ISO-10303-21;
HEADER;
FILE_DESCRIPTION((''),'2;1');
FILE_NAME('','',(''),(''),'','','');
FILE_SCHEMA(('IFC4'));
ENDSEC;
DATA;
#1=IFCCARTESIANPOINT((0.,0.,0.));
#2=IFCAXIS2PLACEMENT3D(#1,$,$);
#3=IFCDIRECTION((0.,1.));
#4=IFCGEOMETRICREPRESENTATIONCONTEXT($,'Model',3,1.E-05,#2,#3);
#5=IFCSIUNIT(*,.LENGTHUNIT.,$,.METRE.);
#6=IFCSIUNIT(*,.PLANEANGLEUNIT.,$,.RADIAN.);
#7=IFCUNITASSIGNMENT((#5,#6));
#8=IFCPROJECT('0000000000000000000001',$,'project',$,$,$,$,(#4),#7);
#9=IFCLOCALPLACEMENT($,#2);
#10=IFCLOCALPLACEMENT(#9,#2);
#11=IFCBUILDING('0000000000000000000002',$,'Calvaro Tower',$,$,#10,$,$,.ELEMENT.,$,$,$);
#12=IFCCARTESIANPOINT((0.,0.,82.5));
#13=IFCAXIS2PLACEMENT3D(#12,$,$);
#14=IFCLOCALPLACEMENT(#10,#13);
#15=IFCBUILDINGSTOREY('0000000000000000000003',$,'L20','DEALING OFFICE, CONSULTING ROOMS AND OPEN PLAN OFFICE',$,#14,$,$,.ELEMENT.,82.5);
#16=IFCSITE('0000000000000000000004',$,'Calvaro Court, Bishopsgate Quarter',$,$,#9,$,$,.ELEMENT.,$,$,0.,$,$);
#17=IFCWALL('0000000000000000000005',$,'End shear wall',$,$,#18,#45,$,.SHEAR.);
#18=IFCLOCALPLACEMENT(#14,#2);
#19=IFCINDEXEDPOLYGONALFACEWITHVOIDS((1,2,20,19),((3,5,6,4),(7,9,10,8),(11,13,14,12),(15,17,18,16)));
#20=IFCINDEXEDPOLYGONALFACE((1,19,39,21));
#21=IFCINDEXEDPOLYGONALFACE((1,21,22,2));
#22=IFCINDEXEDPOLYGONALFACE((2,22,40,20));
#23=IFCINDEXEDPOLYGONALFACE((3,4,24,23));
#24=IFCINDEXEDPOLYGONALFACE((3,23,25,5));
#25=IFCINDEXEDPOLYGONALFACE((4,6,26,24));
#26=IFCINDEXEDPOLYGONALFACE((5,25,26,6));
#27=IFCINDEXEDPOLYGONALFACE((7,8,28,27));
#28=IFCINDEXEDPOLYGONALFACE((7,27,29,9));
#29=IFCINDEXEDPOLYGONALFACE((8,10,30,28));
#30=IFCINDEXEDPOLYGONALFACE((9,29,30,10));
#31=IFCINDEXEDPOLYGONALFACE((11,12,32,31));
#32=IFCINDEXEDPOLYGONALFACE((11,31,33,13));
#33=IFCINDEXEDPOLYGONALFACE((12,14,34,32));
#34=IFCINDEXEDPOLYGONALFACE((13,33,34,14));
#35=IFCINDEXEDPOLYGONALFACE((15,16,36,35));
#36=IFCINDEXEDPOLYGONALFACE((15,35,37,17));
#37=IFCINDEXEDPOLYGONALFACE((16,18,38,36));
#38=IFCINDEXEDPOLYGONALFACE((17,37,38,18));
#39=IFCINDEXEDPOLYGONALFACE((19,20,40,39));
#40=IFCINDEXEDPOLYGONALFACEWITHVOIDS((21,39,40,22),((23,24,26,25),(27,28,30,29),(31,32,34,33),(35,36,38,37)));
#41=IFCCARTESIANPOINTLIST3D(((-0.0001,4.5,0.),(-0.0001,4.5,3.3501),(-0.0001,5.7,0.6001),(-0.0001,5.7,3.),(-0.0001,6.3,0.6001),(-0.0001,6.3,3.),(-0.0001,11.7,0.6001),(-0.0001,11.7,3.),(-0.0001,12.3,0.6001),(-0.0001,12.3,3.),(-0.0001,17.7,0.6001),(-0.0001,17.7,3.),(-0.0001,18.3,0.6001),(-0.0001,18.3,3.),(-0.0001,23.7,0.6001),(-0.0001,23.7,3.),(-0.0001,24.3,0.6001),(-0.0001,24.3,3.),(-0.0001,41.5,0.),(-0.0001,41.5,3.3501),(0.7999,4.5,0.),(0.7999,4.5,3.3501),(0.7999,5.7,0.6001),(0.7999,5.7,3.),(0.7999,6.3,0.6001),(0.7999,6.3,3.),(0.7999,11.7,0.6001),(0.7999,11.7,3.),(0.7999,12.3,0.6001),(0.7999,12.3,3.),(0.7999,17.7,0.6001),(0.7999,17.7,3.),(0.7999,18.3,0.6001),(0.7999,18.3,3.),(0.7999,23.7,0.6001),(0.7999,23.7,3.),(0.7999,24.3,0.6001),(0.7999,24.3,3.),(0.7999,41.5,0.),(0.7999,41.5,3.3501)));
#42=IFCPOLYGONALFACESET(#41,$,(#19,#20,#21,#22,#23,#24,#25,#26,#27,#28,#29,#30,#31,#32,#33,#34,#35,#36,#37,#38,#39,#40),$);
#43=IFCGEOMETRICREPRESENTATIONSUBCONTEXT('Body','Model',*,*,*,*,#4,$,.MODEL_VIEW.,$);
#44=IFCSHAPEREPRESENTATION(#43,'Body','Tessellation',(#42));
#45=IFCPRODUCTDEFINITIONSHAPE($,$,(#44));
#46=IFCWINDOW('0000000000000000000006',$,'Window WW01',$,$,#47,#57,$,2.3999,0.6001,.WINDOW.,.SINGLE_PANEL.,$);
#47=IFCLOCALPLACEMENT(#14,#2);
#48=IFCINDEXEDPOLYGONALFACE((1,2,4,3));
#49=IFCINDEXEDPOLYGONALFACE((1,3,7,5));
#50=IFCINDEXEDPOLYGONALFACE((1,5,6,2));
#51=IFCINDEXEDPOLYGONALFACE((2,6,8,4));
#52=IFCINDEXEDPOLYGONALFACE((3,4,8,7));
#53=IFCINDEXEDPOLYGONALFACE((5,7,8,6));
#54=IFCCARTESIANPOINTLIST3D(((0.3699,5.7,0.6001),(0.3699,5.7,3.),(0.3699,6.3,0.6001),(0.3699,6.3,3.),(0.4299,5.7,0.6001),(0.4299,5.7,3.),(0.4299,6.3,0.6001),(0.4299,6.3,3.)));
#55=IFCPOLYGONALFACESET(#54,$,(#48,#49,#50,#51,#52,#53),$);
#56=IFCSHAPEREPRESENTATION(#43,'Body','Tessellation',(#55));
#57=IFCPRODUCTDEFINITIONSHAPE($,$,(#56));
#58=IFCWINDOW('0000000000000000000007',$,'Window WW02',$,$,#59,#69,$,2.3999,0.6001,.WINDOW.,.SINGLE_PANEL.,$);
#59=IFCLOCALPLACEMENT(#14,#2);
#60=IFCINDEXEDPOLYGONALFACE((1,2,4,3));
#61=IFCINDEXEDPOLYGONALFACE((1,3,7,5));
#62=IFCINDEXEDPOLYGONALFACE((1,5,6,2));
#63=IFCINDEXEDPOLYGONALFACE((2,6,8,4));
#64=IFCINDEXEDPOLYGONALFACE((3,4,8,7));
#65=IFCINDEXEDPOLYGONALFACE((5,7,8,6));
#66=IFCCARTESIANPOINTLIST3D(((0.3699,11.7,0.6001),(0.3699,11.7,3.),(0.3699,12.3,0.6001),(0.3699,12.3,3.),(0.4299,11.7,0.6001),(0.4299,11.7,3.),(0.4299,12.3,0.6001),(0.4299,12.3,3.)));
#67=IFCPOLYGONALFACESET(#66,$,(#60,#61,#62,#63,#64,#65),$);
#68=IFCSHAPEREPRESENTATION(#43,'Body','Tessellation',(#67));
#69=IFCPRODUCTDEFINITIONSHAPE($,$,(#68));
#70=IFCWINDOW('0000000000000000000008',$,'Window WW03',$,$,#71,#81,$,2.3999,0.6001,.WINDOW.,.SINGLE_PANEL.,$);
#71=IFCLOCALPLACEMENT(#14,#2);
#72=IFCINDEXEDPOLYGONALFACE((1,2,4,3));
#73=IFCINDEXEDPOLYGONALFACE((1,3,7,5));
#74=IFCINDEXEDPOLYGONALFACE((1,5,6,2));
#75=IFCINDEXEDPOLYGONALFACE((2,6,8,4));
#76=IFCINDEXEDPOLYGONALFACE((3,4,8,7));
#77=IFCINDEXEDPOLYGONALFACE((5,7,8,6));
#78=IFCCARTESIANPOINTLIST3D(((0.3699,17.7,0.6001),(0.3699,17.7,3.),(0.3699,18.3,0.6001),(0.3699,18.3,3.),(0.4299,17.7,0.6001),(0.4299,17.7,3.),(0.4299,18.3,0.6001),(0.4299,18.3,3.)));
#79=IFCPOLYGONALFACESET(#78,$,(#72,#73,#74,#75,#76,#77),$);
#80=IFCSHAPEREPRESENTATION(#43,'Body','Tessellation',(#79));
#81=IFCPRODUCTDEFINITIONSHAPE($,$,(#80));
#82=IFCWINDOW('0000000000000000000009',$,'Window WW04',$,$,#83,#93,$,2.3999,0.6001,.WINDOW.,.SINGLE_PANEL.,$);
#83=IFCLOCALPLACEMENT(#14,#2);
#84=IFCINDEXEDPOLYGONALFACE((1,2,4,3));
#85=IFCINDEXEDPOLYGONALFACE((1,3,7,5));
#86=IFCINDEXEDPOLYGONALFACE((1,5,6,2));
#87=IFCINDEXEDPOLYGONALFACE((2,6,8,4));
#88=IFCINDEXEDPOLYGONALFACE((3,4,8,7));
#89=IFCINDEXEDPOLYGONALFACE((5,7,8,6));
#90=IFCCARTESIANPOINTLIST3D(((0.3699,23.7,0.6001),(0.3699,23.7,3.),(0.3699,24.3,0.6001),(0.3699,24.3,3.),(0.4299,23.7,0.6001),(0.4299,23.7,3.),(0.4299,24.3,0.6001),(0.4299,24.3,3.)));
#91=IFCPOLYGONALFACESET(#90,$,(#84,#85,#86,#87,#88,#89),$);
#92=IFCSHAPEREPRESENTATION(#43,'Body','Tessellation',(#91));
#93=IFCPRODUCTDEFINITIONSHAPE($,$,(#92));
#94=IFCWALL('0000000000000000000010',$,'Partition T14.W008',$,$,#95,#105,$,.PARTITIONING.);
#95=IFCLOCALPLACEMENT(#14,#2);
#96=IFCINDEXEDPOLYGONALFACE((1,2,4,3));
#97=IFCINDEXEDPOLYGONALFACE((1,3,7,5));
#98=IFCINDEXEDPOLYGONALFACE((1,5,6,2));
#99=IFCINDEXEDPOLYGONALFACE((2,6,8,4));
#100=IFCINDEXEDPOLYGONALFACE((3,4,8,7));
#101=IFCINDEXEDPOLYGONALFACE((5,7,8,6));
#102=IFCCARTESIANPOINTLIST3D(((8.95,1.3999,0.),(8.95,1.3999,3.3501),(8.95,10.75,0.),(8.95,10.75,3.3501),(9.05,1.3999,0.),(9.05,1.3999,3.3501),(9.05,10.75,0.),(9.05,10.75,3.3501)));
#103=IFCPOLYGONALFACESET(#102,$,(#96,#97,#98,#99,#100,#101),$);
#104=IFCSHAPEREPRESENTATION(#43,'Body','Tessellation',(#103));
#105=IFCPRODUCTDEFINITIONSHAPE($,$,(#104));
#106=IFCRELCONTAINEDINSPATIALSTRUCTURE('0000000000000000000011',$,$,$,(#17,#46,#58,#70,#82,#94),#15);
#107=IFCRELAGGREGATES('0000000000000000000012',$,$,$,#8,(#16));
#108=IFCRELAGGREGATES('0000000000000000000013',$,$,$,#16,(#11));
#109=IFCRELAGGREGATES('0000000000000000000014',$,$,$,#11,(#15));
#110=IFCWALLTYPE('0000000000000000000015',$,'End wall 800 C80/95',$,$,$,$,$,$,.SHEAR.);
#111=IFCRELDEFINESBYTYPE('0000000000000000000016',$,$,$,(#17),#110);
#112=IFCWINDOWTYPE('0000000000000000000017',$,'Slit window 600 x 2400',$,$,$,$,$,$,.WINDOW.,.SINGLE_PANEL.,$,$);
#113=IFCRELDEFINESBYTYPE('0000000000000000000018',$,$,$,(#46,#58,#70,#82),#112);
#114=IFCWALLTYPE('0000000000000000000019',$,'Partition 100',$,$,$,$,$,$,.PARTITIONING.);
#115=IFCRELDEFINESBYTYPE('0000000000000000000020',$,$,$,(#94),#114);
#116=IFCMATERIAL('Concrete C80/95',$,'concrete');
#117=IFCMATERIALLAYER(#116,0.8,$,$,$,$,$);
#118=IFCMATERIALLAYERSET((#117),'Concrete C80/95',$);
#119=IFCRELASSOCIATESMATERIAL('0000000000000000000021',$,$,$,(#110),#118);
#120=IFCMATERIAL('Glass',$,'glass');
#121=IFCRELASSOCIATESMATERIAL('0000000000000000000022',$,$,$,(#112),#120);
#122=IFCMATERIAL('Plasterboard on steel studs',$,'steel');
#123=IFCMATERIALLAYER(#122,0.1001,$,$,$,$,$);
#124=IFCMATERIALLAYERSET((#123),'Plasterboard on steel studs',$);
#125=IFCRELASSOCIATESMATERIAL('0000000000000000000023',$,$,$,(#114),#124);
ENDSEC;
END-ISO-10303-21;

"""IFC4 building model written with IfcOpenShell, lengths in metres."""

from ifc_helpers import new_model, si_unit, direction, frame, frame_2d, origin, place, context, subcontext, project, spatial, rectangle, extrude, material, layer, layer_set, type_object, element, fill, save


model = new_model("IFC4")

# Units and contexts
model_context = context("Model", 3, precision=1e-05, world=origin(), true_north=direction((0.0, 1.0)))
body_context = subcontext(model_context, "Body", "Model", "MODEL_VIEW")
ifc_project = project(units=[si_unit("LENGTHUNIT", "METRE"), si_unit("PLANEANGLEUNIT", "RADIAN")], contexts=[model_context])

# Site, building, storey
site_placement = place(None, origin())
site = spatial("IfcSite", under=ifc_project, at=site_placement, Name="Calvaro Court, Bishopsgate Quarter", CompositionType="ELEMENT", RefElevation=0.0)
building_placement = place(site_placement, origin())
building = spatial("IfcBuilding", under=site, at=building_placement, Name="Calvaro Tower", CompositionType="ELEMENT")
storey_placement = place(building_placement, frame((0.0, 0.0, 82.5)))
storey = spatial("IfcBuildingStorey", under=building, at=storey_placement, Name="L20", Description="DEALING OFFICE, CONSULTING ROOMS AND OPEN PLAN OFFICE", CompositionType="ELEMENT", Elevation=82.5)

# Wall, openings, windows
ifc_material_1 = material(Name="Concrete C80/95", Category="concrete")
ifc_layer_1 = layer(ifc_material_1, 0.8)
ifc_layer_set_1 = layer_set([ifc_layer_1], Name="Concrete C80/95")
wall_type_1 = type_object("IfcWallType", Name="End wall 800 C80/95", PredefinedType="SHEAR", material=ifc_layer_set_1)
wall_1_placement = place(storey_placement, frame((0.3999, 4.5, 0.0), z_axis=(0.0, 0.0, 1.0), x_axis=(0.0, 1.0, 0.0)))
wall_1 = element("IfcWall", 1, at=wall_1_placement, inside=storey, type_object=wall_type_1, Name="End shear wall", PredefinedType="SHEAR", context=body_context, shape_type="SweptSolid", body=[
    extrude(rectangle(XDim=37.0, YDim=0.8, at=frame_2d((18.5, 0.0))), origin(), (0.0, 0.0, 1.0), 3.3501),
])
opening_1_placement = place(wall_1_placement, frame((1.2, 0.0, 0.6001)))
opening_1 = element("IfcOpeningElement", 2, at=opening_1_placement, cuts=wall_1, PredefinedType="OPENING", context=body_context, shape_type="SweptSolid", body=[
    extrude(rectangle(XDim=0.6001, YDim=2.3999, at=frame_2d((0.3, 1.2))), frame((0.0, 0.4099, 0.0), z_axis=(0.0, -1.0, 0.0), x_axis=(1.0, 0.0, 0.0)), (0.0, 0.0, 1.0), 0.8201),
])
opening_2_placement = place(wall_1_placement, frame((7.2, 0.0, 0.6001)))
opening_2 = element("IfcOpeningElement", 3, at=opening_2_placement, cuts=wall_1, PredefinedType="OPENING", context=body_context, shape_type="SweptSolid", body=[
    extrude(rectangle(XDim=0.6001, YDim=2.3999, at=frame_2d((0.3, 1.2))), frame((0.0, 0.4099, 0.0), z_axis=(0.0, -1.0, 0.0), x_axis=(1.0, 0.0, 0.0)), (0.0, 0.0, 1.0), 0.8201),
])
opening_3_placement = place(wall_1_placement, frame((13.2, 0.0, 0.6001)))
opening_3 = element("IfcOpeningElement", 4, at=opening_3_placement, cuts=wall_1, PredefinedType="OPENING", context=body_context, shape_type="SweptSolid", body=[
    extrude(rectangle(XDim=0.6001, YDim=2.3999, at=frame_2d((0.3, 1.2))), frame((0.0, 0.4099, 0.0), z_axis=(0.0, -1.0, 0.0), x_axis=(1.0, 0.0, 0.0)), (0.0, 0.0, 1.0), 0.8201),
])
opening_4_placement = place(wall_1_placement, frame((19.2, 0.0, 0.6001)))
opening_4 = element("IfcOpeningElement", 5, at=opening_4_placement, cuts=wall_1, PredefinedType="OPENING", context=body_context, shape_type="SweptSolid", body=[
    extrude(rectangle(XDim=0.6001, YDim=2.3999, at=frame_2d((0.3, 1.2))), frame((0.0, 0.4099, 0.0), z_axis=(0.0, -1.0, 0.0), x_axis=(1.0, 0.0, 0.0)), (0.0, 0.0, 1.0), 0.8201),
])
ifc_material_2 = material(Name="Glass", Category="glass")
window_type = type_object("IfcWindowType", Name="Slit window 600 x 2400", PartitioningType="SINGLE_PANEL", PredefinedType="WINDOW", material=ifc_material_2)
window_1_placement = place(opening_1_placement, origin())
window_1 = element("IfcWindow", 6, at=window_1_placement, inside=storey, type_object=window_type, Name="Window WW01", OverallHeight=2.3999, OverallWidth=0.6001, PartitioningType="SINGLE_PANEL", PredefinedType="WINDOW", context=body_context, shape_type="SweptSolid", body=[
    extrude(rectangle(XDim=0.6001, YDim=2.3999, at=frame_2d((0.3, 1.2))), frame((0.0, 0.03, 0.0), z_axis=(0.0, -1.0, 0.0), x_axis=(1.0, 0.0, 0.0)), (0.0, 0.0, 1.0), 0.0601),
])
fill(opening_1, window_1)
window_2_placement = place(opening_2_placement, origin())
window_2 = element("IfcWindow", 7, at=window_2_placement, inside=storey, type_object=window_type, Name="Window WW02", OverallHeight=2.3999, OverallWidth=0.6001, PartitioningType="SINGLE_PANEL", PredefinedType="WINDOW", context=body_context, shape_type="SweptSolid", body=[
    extrude(rectangle(XDim=0.6001, YDim=2.3999, at=frame_2d((0.3, 1.2))), frame((0.0, 0.03, 0.0), z_axis=(0.0, -1.0, 0.0), x_axis=(1.0, 0.0, 0.0)), (0.0, 0.0, 1.0), 0.0601),
])
fill(opening_2, window_2)
window_3_placement = place(opening_3_placement, origin())
window_3 = element("IfcWindow", 8, at=window_3_placement, inside=storey, type_object=window_type, Name="Window WW03", OverallHeight=2.3999, OverallWidth=0.6001, PartitioningType="SINGLE_PANEL", PredefinedType="WINDOW", context=body_context, shape_type="SweptSolid", body=[
    extrude(rectangle(XDim=0.6001, YDim=2.3999, at=frame_2d((0.3, 1.2))), frame((0.0, 0.03, 0.0), z_axis=(0.0, -1.0, 0.0), x_axis=(1.0, 0.0, 0.0)), (0.0, 0.0, 1.0), 0.0601),
])
fill(opening_3, window_3)
window_4_placement = place(opening_4_placement, origin())
window_4 = element("IfcWindow", 9, at=window_4_placement, inside=storey, type_object=window_type, Name="Window WW04", OverallHeight=2.3999, OverallWidth=0.6001, PartitioningType="SINGLE_PANEL", PredefinedType="WINDOW", context=body_context, shape_type="SweptSolid", body=[
    extrude(rectangle(XDim=0.6001, YDim=2.3999, at=frame_2d((0.3, 1.2))), frame((0.0, 0.03, 0.0), z_axis=(0.0, -1.0, 0.0), x_axis=(1.0, 0.0, 0.0)), (0.0, 0.0, 1.0), 0.0601),
])
fill(opening_4, window_4)

# Wall
ifc_material_3 = material(Name="Plasterboard on steel studs", Category="steel")
ifc_layer_2 = layer(ifc_material_3, 0.1001)
ifc_layer_set_2 = layer_set([ifc_layer_2], Name="Plasterboard on steel studs")
wall_type_2 = type_object("IfcWallType", Name="Partition 100", PredefinedType="PARTITIONING", material=ifc_layer_set_2)
wall_2_placement = place(storey_placement, frame((9.0, 1.3999, 0.0), z_axis=(0.0, 0.0, 1.0), x_axis=(0.0, 1.0, 0.0)))
element("IfcWall", 10, at=wall_2_placement, inside=storey, type_object=wall_type_2, Name="Partition T14.W008", PredefinedType="PARTITIONING", context=body_context, shape_type="SweptSolid", body=[
    extrude(rectangle(XDim=9.3501, YDim=0.1001, at=frame_2d((4.675, 0.0))), origin(), (0.0, 0.0, 1.0), 3.3501),
])

save(model, "model.ifc")
